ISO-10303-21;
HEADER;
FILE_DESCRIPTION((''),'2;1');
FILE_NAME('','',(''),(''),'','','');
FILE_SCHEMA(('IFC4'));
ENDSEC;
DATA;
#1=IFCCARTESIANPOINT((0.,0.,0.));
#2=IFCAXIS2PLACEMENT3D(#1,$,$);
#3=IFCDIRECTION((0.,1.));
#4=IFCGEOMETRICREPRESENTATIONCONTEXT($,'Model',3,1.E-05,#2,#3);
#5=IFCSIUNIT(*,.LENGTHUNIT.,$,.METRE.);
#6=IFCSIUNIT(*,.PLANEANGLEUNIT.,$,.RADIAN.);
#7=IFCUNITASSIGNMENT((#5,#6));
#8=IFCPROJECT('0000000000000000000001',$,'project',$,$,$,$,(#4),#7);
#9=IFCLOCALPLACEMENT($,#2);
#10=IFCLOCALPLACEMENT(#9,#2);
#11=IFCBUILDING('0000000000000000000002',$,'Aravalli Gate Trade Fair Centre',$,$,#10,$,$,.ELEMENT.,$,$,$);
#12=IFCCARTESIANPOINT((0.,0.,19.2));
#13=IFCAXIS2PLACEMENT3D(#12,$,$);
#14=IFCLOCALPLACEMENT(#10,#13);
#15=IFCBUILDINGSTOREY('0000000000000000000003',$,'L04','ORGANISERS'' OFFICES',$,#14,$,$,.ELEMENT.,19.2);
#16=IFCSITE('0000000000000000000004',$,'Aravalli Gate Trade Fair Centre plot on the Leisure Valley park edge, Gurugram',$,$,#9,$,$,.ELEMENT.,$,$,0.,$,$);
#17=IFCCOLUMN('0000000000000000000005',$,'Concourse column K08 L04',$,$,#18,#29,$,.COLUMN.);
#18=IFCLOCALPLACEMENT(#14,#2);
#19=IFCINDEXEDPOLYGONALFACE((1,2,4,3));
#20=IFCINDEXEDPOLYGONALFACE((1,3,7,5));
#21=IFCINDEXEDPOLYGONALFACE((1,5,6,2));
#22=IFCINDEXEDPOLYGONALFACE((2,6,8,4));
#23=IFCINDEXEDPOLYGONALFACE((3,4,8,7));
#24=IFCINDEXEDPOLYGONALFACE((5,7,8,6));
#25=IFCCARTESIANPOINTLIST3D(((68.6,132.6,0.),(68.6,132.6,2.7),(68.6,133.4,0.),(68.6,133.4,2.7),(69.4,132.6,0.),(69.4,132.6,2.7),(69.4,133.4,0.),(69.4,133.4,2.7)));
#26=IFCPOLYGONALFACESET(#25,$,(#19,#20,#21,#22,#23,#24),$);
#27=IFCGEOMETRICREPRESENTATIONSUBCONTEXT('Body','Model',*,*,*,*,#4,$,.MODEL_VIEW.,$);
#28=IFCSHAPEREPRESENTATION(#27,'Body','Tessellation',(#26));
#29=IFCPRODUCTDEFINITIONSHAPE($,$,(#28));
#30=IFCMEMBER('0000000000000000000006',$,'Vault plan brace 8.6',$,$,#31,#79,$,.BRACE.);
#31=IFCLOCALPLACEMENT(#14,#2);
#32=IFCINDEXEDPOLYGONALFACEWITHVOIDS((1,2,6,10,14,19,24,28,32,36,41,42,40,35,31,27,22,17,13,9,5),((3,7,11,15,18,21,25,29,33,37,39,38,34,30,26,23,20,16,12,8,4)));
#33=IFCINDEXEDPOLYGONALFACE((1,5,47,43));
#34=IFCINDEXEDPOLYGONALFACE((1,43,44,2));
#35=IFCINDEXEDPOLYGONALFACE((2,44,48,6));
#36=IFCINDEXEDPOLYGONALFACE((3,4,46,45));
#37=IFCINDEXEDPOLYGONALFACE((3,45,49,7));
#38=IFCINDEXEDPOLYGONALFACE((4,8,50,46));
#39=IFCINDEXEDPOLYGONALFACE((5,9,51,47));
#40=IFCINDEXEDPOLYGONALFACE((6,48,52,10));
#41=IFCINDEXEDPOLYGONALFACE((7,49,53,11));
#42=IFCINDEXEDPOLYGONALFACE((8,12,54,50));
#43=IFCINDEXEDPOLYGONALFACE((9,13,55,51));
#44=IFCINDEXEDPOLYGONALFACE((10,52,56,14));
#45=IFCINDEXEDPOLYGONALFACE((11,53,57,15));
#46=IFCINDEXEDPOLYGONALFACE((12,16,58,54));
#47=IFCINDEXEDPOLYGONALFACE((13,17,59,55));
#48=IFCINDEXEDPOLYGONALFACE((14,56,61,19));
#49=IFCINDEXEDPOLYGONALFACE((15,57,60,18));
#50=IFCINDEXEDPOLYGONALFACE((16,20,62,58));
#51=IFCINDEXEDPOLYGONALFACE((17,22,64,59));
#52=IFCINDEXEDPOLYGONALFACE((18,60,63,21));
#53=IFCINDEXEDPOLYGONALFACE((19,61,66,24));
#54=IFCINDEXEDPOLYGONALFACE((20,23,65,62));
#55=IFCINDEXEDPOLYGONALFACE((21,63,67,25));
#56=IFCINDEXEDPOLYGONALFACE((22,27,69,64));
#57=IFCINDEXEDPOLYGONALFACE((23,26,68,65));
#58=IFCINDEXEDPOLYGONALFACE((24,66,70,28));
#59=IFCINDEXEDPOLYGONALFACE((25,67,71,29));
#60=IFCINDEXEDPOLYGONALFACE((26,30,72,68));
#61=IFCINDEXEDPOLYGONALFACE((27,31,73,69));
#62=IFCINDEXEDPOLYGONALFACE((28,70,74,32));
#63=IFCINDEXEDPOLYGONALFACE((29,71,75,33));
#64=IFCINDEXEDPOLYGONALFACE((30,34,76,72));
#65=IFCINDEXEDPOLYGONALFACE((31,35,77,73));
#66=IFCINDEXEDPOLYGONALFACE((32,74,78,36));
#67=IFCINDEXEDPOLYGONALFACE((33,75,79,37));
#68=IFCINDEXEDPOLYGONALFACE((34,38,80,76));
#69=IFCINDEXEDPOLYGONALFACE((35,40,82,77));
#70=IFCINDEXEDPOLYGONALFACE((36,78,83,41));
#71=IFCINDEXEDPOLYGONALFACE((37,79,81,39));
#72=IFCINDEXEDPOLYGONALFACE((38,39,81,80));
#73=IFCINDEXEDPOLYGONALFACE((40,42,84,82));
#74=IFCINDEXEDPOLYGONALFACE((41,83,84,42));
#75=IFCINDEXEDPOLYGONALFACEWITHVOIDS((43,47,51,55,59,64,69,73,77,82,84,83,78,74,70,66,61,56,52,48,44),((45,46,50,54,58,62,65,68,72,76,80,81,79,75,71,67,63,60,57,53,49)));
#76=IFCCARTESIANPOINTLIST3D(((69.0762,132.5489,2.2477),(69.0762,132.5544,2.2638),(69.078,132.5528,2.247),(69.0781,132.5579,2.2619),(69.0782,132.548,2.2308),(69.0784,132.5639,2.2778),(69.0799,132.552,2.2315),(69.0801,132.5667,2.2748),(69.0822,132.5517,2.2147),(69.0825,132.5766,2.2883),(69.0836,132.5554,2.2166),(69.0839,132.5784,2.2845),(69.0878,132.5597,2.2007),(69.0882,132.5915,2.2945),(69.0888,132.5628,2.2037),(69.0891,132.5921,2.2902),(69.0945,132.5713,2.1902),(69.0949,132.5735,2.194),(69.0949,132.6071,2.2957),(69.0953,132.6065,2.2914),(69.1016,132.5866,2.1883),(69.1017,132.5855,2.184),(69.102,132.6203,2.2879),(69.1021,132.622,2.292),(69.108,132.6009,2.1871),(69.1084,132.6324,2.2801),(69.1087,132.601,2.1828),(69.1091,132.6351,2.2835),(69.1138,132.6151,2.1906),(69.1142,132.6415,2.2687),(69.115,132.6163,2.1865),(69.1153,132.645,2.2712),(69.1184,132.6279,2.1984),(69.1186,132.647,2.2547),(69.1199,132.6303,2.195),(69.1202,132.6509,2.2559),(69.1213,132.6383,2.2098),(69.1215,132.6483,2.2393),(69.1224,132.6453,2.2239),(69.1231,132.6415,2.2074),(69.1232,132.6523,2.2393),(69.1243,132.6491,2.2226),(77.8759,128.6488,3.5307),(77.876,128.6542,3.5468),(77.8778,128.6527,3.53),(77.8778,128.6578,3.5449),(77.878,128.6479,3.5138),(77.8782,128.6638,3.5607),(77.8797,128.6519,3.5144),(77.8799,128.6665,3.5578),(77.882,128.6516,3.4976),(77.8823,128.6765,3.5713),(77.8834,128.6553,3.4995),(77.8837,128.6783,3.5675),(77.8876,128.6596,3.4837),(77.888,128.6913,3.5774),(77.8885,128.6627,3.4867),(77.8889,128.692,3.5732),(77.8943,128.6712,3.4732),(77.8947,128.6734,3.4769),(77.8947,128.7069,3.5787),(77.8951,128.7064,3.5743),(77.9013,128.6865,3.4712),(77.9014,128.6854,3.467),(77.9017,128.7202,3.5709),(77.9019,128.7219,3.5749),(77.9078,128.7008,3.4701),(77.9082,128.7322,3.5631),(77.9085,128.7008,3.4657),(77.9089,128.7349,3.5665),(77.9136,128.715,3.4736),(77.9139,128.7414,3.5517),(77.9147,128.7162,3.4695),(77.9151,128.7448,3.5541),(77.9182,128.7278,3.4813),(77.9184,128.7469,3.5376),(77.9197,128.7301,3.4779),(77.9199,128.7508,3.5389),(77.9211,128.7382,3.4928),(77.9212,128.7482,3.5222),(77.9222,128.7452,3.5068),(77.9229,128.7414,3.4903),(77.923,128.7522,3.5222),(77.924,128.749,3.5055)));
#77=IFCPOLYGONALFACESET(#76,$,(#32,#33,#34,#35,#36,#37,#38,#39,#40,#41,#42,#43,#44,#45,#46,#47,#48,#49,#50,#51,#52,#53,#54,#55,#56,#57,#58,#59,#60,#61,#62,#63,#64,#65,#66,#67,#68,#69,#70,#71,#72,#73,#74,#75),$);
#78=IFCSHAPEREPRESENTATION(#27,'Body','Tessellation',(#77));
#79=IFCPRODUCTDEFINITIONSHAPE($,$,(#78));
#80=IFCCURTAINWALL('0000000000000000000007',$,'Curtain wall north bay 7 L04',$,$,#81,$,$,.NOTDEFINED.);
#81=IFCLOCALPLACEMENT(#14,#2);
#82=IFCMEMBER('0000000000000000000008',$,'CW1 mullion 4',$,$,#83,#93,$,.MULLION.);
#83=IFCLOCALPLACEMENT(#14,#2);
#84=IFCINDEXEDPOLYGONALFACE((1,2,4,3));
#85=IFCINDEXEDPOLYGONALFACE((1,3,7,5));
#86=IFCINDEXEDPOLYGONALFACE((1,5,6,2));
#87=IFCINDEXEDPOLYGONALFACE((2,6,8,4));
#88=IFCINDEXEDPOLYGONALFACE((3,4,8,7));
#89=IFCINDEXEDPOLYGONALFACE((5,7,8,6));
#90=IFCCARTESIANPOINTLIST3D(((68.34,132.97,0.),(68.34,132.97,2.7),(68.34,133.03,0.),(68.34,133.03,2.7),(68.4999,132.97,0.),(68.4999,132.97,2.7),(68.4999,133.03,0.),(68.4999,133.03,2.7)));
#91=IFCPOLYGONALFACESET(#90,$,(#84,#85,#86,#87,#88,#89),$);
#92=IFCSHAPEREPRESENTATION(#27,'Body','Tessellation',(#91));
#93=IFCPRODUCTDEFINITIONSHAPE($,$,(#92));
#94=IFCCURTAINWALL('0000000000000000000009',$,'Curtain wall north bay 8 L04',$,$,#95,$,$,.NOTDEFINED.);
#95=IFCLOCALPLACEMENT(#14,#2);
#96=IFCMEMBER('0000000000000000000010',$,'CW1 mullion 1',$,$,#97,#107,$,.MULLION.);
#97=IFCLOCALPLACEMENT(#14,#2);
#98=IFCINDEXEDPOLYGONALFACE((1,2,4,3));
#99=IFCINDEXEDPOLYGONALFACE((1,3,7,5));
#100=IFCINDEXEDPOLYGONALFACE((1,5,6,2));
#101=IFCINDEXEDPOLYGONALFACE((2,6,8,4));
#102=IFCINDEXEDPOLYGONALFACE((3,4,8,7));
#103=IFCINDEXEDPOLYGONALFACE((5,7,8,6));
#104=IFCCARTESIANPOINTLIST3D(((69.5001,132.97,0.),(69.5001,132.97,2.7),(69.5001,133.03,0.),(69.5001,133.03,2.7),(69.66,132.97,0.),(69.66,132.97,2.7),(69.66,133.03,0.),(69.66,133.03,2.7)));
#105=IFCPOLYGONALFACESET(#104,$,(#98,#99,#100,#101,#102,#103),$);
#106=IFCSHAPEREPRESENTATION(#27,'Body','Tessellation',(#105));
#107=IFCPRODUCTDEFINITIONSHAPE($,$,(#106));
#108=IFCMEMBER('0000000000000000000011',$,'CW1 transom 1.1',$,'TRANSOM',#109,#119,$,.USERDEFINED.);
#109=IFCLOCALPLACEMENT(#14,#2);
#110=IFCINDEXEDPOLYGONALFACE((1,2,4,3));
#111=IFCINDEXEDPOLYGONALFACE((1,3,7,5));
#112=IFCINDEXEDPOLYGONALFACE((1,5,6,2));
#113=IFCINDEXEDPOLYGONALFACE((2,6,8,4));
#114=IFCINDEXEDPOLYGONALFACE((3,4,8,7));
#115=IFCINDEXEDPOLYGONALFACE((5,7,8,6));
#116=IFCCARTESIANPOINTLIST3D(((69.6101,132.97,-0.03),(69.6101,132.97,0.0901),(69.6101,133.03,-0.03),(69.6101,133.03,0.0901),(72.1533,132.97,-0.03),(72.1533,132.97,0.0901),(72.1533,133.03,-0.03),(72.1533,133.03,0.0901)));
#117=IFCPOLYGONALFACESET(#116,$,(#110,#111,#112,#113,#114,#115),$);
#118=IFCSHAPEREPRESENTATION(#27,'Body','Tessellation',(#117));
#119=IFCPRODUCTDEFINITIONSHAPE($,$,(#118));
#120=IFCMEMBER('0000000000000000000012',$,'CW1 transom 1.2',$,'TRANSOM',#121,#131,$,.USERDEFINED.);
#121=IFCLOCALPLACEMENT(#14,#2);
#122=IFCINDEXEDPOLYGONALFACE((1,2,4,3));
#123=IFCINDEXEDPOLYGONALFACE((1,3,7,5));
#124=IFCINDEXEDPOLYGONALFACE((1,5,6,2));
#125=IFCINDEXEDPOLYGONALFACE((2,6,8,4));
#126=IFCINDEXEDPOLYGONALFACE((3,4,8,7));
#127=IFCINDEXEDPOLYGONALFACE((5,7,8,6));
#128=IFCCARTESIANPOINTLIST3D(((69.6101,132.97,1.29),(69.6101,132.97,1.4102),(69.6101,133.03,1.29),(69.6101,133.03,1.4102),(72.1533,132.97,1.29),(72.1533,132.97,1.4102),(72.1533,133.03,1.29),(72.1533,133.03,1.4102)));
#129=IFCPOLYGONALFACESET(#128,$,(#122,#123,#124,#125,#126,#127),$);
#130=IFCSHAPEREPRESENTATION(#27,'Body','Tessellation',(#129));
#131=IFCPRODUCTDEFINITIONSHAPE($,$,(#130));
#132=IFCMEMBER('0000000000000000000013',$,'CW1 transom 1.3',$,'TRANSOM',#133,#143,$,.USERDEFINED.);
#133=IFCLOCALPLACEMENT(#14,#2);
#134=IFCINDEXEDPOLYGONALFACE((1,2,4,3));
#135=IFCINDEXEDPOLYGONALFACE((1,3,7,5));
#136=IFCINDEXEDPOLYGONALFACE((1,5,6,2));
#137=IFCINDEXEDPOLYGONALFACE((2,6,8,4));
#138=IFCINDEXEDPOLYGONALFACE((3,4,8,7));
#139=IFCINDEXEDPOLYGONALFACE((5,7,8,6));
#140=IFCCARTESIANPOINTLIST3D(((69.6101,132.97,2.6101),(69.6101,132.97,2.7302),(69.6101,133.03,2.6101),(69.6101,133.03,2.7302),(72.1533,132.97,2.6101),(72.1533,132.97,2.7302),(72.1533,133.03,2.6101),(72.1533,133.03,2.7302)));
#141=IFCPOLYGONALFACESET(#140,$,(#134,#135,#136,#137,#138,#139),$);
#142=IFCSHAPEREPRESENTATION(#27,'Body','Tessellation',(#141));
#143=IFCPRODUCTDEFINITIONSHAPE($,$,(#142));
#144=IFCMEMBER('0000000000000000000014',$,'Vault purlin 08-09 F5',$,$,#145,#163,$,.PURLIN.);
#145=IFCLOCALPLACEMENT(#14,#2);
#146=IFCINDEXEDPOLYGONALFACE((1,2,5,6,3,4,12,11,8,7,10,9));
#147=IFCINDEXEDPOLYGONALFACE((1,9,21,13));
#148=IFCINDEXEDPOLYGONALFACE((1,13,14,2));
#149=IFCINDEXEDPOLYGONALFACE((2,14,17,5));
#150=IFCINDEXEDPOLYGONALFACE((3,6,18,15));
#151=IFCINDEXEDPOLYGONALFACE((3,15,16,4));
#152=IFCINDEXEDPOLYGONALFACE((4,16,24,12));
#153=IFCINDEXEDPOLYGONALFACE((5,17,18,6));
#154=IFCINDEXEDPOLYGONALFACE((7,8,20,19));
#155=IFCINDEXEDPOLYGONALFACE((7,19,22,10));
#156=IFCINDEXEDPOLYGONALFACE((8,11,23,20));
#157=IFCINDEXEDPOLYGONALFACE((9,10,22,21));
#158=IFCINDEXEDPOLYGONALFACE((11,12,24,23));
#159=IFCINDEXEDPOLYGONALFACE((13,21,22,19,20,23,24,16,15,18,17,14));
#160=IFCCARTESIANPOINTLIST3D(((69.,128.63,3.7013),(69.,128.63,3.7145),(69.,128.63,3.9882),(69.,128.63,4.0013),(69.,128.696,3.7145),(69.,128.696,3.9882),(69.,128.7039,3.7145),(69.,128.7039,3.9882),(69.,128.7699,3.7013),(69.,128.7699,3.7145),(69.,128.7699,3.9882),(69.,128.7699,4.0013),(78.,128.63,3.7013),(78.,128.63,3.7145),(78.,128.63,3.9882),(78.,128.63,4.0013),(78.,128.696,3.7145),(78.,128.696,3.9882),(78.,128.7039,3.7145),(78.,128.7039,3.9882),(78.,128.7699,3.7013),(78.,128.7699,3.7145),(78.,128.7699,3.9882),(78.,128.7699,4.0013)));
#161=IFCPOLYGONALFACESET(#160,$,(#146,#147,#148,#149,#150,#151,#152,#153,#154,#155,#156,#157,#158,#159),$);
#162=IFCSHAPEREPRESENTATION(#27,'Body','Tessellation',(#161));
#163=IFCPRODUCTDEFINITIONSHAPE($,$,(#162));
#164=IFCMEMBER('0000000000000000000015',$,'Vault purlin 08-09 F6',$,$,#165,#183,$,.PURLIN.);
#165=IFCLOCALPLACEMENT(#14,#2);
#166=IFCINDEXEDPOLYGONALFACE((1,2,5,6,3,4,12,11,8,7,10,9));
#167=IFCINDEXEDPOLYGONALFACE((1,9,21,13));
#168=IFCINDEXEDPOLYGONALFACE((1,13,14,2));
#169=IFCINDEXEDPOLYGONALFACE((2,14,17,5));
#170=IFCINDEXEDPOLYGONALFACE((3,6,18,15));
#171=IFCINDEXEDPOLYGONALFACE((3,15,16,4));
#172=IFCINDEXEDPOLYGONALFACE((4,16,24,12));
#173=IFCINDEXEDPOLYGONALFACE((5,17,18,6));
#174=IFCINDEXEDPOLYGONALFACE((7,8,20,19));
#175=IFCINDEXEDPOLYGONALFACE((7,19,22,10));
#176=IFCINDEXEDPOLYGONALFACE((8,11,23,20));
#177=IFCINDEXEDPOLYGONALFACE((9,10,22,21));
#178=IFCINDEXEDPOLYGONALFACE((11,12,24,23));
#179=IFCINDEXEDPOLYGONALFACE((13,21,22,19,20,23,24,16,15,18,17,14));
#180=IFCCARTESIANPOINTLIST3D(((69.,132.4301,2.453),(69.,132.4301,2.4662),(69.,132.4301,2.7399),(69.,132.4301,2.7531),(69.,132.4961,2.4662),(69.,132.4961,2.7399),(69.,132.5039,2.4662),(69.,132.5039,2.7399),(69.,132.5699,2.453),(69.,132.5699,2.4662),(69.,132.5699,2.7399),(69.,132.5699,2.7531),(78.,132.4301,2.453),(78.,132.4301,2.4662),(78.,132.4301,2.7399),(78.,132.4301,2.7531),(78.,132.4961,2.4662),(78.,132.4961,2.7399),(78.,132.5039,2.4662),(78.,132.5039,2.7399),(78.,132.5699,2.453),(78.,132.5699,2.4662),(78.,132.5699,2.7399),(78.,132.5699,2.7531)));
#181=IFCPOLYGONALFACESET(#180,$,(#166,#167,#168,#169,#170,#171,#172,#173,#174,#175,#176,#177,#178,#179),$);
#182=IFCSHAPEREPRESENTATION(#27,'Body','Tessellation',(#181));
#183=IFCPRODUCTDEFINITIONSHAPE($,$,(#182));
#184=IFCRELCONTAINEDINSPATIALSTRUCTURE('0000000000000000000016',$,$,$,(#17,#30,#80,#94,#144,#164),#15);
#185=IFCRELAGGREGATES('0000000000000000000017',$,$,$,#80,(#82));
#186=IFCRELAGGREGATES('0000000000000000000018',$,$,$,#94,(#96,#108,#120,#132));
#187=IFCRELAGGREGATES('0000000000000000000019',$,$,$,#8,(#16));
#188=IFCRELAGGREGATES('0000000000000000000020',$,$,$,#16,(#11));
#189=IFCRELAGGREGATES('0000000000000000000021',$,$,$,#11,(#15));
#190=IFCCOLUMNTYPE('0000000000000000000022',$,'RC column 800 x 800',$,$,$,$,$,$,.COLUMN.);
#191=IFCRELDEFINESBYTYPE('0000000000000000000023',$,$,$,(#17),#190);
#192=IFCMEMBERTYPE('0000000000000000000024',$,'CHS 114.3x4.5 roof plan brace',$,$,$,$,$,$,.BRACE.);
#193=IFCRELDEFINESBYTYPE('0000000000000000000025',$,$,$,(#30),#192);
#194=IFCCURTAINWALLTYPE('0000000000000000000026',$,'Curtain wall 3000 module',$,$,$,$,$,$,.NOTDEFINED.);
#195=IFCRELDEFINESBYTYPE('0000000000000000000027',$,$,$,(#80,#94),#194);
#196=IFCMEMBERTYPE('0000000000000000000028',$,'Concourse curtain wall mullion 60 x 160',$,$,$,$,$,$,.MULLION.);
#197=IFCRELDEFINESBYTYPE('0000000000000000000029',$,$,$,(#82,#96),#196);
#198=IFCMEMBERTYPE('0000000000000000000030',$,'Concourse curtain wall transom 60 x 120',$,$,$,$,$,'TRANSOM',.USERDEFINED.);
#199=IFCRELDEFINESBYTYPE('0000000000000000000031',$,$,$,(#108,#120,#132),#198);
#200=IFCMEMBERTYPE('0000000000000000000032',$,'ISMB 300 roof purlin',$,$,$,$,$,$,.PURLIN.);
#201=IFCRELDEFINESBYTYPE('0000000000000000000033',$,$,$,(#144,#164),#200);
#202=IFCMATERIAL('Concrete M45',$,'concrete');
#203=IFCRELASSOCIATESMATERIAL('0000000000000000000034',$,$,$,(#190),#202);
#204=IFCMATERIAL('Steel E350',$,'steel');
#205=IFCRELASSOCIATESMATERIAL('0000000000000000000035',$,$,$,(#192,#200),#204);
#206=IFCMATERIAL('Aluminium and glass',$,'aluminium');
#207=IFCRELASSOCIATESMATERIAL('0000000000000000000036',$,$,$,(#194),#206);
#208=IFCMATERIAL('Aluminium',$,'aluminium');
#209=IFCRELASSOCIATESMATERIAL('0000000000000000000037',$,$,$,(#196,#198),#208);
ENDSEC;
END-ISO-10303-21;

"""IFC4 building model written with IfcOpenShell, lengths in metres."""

from ifc_helpers import new_model, si_unit, direction, frame, origin, origin_2d, place, context, subcontext, project, spatial, rectangle, hollow_circle, i_section, extrude, material, material_profile, profile_set, type_object, element, aggregate, save


model = new_model("IFC4")

# Units and contexts
model_context = context("Model", 3, precision=1e-05, world=origin(), true_north=direction((0.0, 1.0)))
body_context = subcontext(model_context, "Body", "Model", "MODEL_VIEW")
ifc_project = project(units=[si_unit("LENGTHUNIT", "METRE"), si_unit("PLANEANGLEUNIT", "RADIAN")], contexts=[model_context])

# Site, building, storey
site_placement = place(None, origin())
site = spatial("IfcSite", under=ifc_project, at=site_placement, Name="Aravalli Gate Trade Fair Centre plot on the Leisure Valley park edge, Gurugram", CompositionType="ELEMENT", RefElevation=0.0)
building_placement = place(site_placement, origin())
building = spatial("IfcBuilding", under=site, at=building_placement, Name="Aravalli Gate Trade Fair Centre", CompositionType="ELEMENT")
storey_placement = place(building_placement, frame((0.0, 0.0, 19.2)))
storey = spatial("IfcBuildingStorey", under=building, at=storey_placement, Name="L04", Description="ORGANISERS' OFFICES", CompositionType="ELEMENT", Elevation=19.2)

# Column
ifc_material_1 = material(Name="Concrete M45", Category="concrete")
ifc_material_profile_1 = material_profile(ifc_material_1, rectangle(XDim=0.8, YDim=0.8, at=origin_2d()), Name="RC column 800 x 800")
ifc_profile_set_1 = profile_set([ifc_material_profile_1], Name="Concrete M45")
column_type = type_object("IfcColumnType", Name="RC column 800 x 800", PredefinedType="COLUMN", material=ifc_profile_set_1)
column_placement = place(storey_placement, frame((69.0, 133.0, 0.0), z_axis=(0.0, 0.0, 1.0), x_axis=(1.0, 0.0, 0.0)))
element("IfcColumn", 1, at=column_placement, inside=storey, type_object=column_type, Name="Concourse column K08 L04", PredefinedType="COLUMN", context=body_context, shape_type="SweptSolid", body=[
    extrude(rectangle(XDim=0.8, YDim=0.8, at=origin_2d()), origin(), (0.0, 0.0, 1.0), 2.7),
])

# Member
ifc_material_2 = material(Name="Steel E350", Category="steel")
ifc_material_profile_2 = material_profile(ifc_material_2, hollow_circle(Radius=0.0571, WallThickness=0.0044, at=origin_2d()), Name="CHS 114.3x4.5")
ifc_profile_set_2 = profile_set([ifc_material_profile_2], Name="Steel E350")
member_type_1 = type_object("IfcMemberType", Name="CHS 114.3x4.5 roof plan brace", PredefinedType="BRACE", material=ifc_profile_set_2)
member_1_placement = place(storey_placement, frame((69.1001, 132.6001, 2.2393), z_axis=(0.906216, -0.401642, 0.132121), x_axis=(0.405195, 0.91423, 0.0)))
element("IfcMember", 2, at=member_1_placement, inside=storey, type_object=member_type_1, Name="Vault plan brace 8.6", PredefinedType="BRACE", context=body_context, shape_type="SweptSolid", body=[
    extrude(hollow_circle(Radius=0.0571, WallThickness=0.0044, at=origin_2d()), origin(), (0.0, 0.0, 1.0), 9.7104),
])

# Curtain wall, member
ifc_material_3 = material(Name="Aluminium and glass", Category="aluminium")
curtain_wall_type_1 = type_object("IfcCurtainWallType", Name="Curtain wall 3000 module", PredefinedType="NOTDEFINED", material=ifc_material_3)
curtain_wall_1_placement = place(storey_placement, origin())
curtain_wall_1 = element("IfcCurtainWall", 3, at=curtain_wall_1_placement, inside=storey, type_object=curtain_wall_type_1, Name="Curtain wall north bay 7 L04", PredefinedType="NOTDEFINED")
ifc_material_4 = material(Name="Aluminium", Category="aluminium")
ifc_material_profile_3 = material_profile(ifc_material_4, rectangle(XDim=0.0601, YDim=0.1599, at=origin_2d()), Name="Concourse curtain wall mullion 60 x 160")
ifc_profile_set_3 = profile_set([ifc_material_profile_3], Name="Aluminium")
member_type_2 = type_object("IfcMemberType", Name="Concourse curtain wall mullion 60 x 160", PredefinedType="MULLION", material=ifc_profile_set_3)
member_2_placement = place(storey_placement, frame((68.4199, 133.0, 0.0), z_axis=(0.0, 0.0, 1.0), x_axis=(0.0, 1.0, 0.0)))
member_2 = element("IfcMember", 4, at=member_2_placement, type_object=member_type_2, Name="CW1 mullion 4", PredefinedType="MULLION", context=body_context, shape_type="SweptSolid", body=[
    extrude(rectangle(XDim=0.0601, YDim=0.1599, at=origin_2d()), origin(), (0.0, 0.0, 1.0), 2.7),
])

# Curtain wall, members
curtain_wall_2_placement = place(storey_placement, origin())
curtain_wall_2 = element("IfcCurtainWall", 5, at=curtain_wall_2_placement, inside=storey, type_object=curtain_wall_type_1, Name="Curtain wall north bay 8 L04", PredefinedType="NOTDEFINED")
member_3_placement = place(storey_placement, frame((69.5801, 133.0, 0.0), z_axis=(0.0, 0.0, 1.0), x_axis=(0.0, 1.0, 0.0)))
member_3 = element("IfcMember", 6, at=member_3_placement, type_object=member_type_2, Name="CW1 mullion 1", PredefinedType="MULLION", context=body_context, shape_type="SweptSolid", body=[
    extrude(rectangle(XDim=0.0601, YDim=0.1599, at=origin_2d()), origin(), (0.0, 0.0, 1.0), 2.7),
])
ifc_material_profile_4 = material_profile(ifc_material_4, rectangle(XDim=0.0601, YDim=0.1201, at=origin_2d()), Name="Concourse curtain wall transom 60 x 120")
ifc_profile_set_4 = profile_set([ifc_material_profile_4], Name="Aluminium")
member_type_3 = type_object("IfcMemberType", Name="Concourse curtain wall transom 60 x 120", ElementType="TRANSOM", PredefinedType="USERDEFINED", material=ifc_profile_set_4)
member_4_placement = place(storey_placement, frame((69.6101, 133.0, 0.03), z_axis=(1.0, 0.0, 0.0), x_axis=(0.0, 1.0, 0.0)))
member_4 = element("IfcMember", 7, at=member_4_placement, type_object=member_type_3, Name="CW1 transom 1.1", ObjectType="TRANSOM", PredefinedType="USERDEFINED", context=body_context, shape_type="SweptSolid", body=[
    extrude(rectangle(XDim=0.0601, YDim=0.1201, at=origin_2d()), origin(), (0.0, 0.0, 1.0), 2.5432),
])
member_5_placement = place(storey_placement, frame((69.6101, 133.0, 1.3501), z_axis=(1.0, 0.0, 0.0), x_axis=(0.0, 1.0, 0.0)))
member_5 = element("IfcMember", 8, at=member_5_placement, type_object=member_type_3, Name="CW1 transom 1.2", ObjectType="TRANSOM", PredefinedType="USERDEFINED", context=body_context, shape_type="SweptSolid", body=[
    extrude(rectangle(XDim=0.0601, YDim=0.1201, at=origin_2d()), origin(), (0.0, 0.0, 1.0), 2.5432),
])
member_6_placement = place(storey_placement, frame((69.6101, 133.0, 2.6702), z_axis=(1.0, 0.0, 0.0), x_axis=(0.0, 1.0, 0.0)))
member_6 = element("IfcMember", 9, at=member_6_placement, type_object=member_type_3, Name="CW1 transom 1.3", ObjectType="TRANSOM", PredefinedType="USERDEFINED", context=body_context, shape_type="SweptSolid", body=[
    extrude(rectangle(XDim=0.0601, YDim=0.1201, at=origin_2d()), origin(), (0.0, 0.0, 1.0), 2.5432),
])

# Members
ifc_material_profile_5 = material_profile(ifc_material_2, i_section(OverallWidth=0.1399, OverallDepth=0.3, WebThickness=0.0078, FlangeThickness=0.0132, at=origin_2d()), Name="ISMB 300")
ifc_profile_set_5 = profile_set([ifc_material_profile_5], Name="Steel E350")
member_type_4 = type_object("IfcMemberType", Name="ISMB 300 roof purlin", PredefinedType="PURLIN", material=ifc_profile_set_5)
for number, where, z_axis, x_axis, name in (
    (10, (69.0, 128.7, 3.8513), (1.0, 0.0, 0.0), (0.0, 1.0, 0.0), "Vault purlin 08-09 F5"),
    (11, (69.0, 132.5, 2.603), (1.0, 0.0, 0.0), (0.0, 1.0, 0.0), "Vault purlin 08-09 F6"),
):
    element("IfcMember", number, at=place(storey_placement, frame(where, z_axis=z_axis, x_axis=x_axis)), inside=storey, type_object=member_type_4, Name=name, PredefinedType="PURLIN", context=body_context, shape_type="SweptSolid", body=[
        extrude(i_section(OverallWidth=0.1399, OverallDepth=0.3, WebThickness=0.0078, FlangeThickness=0.0132, at=origin_2d()), origin(), (0.0, 0.0, 1.0), 9.0),
    ])

aggregate(curtain_wall_1, [member_2])
aggregate(curtain_wall_2, [member_3, member_4, member_5, member_6])

save(model, "model.ifc")
